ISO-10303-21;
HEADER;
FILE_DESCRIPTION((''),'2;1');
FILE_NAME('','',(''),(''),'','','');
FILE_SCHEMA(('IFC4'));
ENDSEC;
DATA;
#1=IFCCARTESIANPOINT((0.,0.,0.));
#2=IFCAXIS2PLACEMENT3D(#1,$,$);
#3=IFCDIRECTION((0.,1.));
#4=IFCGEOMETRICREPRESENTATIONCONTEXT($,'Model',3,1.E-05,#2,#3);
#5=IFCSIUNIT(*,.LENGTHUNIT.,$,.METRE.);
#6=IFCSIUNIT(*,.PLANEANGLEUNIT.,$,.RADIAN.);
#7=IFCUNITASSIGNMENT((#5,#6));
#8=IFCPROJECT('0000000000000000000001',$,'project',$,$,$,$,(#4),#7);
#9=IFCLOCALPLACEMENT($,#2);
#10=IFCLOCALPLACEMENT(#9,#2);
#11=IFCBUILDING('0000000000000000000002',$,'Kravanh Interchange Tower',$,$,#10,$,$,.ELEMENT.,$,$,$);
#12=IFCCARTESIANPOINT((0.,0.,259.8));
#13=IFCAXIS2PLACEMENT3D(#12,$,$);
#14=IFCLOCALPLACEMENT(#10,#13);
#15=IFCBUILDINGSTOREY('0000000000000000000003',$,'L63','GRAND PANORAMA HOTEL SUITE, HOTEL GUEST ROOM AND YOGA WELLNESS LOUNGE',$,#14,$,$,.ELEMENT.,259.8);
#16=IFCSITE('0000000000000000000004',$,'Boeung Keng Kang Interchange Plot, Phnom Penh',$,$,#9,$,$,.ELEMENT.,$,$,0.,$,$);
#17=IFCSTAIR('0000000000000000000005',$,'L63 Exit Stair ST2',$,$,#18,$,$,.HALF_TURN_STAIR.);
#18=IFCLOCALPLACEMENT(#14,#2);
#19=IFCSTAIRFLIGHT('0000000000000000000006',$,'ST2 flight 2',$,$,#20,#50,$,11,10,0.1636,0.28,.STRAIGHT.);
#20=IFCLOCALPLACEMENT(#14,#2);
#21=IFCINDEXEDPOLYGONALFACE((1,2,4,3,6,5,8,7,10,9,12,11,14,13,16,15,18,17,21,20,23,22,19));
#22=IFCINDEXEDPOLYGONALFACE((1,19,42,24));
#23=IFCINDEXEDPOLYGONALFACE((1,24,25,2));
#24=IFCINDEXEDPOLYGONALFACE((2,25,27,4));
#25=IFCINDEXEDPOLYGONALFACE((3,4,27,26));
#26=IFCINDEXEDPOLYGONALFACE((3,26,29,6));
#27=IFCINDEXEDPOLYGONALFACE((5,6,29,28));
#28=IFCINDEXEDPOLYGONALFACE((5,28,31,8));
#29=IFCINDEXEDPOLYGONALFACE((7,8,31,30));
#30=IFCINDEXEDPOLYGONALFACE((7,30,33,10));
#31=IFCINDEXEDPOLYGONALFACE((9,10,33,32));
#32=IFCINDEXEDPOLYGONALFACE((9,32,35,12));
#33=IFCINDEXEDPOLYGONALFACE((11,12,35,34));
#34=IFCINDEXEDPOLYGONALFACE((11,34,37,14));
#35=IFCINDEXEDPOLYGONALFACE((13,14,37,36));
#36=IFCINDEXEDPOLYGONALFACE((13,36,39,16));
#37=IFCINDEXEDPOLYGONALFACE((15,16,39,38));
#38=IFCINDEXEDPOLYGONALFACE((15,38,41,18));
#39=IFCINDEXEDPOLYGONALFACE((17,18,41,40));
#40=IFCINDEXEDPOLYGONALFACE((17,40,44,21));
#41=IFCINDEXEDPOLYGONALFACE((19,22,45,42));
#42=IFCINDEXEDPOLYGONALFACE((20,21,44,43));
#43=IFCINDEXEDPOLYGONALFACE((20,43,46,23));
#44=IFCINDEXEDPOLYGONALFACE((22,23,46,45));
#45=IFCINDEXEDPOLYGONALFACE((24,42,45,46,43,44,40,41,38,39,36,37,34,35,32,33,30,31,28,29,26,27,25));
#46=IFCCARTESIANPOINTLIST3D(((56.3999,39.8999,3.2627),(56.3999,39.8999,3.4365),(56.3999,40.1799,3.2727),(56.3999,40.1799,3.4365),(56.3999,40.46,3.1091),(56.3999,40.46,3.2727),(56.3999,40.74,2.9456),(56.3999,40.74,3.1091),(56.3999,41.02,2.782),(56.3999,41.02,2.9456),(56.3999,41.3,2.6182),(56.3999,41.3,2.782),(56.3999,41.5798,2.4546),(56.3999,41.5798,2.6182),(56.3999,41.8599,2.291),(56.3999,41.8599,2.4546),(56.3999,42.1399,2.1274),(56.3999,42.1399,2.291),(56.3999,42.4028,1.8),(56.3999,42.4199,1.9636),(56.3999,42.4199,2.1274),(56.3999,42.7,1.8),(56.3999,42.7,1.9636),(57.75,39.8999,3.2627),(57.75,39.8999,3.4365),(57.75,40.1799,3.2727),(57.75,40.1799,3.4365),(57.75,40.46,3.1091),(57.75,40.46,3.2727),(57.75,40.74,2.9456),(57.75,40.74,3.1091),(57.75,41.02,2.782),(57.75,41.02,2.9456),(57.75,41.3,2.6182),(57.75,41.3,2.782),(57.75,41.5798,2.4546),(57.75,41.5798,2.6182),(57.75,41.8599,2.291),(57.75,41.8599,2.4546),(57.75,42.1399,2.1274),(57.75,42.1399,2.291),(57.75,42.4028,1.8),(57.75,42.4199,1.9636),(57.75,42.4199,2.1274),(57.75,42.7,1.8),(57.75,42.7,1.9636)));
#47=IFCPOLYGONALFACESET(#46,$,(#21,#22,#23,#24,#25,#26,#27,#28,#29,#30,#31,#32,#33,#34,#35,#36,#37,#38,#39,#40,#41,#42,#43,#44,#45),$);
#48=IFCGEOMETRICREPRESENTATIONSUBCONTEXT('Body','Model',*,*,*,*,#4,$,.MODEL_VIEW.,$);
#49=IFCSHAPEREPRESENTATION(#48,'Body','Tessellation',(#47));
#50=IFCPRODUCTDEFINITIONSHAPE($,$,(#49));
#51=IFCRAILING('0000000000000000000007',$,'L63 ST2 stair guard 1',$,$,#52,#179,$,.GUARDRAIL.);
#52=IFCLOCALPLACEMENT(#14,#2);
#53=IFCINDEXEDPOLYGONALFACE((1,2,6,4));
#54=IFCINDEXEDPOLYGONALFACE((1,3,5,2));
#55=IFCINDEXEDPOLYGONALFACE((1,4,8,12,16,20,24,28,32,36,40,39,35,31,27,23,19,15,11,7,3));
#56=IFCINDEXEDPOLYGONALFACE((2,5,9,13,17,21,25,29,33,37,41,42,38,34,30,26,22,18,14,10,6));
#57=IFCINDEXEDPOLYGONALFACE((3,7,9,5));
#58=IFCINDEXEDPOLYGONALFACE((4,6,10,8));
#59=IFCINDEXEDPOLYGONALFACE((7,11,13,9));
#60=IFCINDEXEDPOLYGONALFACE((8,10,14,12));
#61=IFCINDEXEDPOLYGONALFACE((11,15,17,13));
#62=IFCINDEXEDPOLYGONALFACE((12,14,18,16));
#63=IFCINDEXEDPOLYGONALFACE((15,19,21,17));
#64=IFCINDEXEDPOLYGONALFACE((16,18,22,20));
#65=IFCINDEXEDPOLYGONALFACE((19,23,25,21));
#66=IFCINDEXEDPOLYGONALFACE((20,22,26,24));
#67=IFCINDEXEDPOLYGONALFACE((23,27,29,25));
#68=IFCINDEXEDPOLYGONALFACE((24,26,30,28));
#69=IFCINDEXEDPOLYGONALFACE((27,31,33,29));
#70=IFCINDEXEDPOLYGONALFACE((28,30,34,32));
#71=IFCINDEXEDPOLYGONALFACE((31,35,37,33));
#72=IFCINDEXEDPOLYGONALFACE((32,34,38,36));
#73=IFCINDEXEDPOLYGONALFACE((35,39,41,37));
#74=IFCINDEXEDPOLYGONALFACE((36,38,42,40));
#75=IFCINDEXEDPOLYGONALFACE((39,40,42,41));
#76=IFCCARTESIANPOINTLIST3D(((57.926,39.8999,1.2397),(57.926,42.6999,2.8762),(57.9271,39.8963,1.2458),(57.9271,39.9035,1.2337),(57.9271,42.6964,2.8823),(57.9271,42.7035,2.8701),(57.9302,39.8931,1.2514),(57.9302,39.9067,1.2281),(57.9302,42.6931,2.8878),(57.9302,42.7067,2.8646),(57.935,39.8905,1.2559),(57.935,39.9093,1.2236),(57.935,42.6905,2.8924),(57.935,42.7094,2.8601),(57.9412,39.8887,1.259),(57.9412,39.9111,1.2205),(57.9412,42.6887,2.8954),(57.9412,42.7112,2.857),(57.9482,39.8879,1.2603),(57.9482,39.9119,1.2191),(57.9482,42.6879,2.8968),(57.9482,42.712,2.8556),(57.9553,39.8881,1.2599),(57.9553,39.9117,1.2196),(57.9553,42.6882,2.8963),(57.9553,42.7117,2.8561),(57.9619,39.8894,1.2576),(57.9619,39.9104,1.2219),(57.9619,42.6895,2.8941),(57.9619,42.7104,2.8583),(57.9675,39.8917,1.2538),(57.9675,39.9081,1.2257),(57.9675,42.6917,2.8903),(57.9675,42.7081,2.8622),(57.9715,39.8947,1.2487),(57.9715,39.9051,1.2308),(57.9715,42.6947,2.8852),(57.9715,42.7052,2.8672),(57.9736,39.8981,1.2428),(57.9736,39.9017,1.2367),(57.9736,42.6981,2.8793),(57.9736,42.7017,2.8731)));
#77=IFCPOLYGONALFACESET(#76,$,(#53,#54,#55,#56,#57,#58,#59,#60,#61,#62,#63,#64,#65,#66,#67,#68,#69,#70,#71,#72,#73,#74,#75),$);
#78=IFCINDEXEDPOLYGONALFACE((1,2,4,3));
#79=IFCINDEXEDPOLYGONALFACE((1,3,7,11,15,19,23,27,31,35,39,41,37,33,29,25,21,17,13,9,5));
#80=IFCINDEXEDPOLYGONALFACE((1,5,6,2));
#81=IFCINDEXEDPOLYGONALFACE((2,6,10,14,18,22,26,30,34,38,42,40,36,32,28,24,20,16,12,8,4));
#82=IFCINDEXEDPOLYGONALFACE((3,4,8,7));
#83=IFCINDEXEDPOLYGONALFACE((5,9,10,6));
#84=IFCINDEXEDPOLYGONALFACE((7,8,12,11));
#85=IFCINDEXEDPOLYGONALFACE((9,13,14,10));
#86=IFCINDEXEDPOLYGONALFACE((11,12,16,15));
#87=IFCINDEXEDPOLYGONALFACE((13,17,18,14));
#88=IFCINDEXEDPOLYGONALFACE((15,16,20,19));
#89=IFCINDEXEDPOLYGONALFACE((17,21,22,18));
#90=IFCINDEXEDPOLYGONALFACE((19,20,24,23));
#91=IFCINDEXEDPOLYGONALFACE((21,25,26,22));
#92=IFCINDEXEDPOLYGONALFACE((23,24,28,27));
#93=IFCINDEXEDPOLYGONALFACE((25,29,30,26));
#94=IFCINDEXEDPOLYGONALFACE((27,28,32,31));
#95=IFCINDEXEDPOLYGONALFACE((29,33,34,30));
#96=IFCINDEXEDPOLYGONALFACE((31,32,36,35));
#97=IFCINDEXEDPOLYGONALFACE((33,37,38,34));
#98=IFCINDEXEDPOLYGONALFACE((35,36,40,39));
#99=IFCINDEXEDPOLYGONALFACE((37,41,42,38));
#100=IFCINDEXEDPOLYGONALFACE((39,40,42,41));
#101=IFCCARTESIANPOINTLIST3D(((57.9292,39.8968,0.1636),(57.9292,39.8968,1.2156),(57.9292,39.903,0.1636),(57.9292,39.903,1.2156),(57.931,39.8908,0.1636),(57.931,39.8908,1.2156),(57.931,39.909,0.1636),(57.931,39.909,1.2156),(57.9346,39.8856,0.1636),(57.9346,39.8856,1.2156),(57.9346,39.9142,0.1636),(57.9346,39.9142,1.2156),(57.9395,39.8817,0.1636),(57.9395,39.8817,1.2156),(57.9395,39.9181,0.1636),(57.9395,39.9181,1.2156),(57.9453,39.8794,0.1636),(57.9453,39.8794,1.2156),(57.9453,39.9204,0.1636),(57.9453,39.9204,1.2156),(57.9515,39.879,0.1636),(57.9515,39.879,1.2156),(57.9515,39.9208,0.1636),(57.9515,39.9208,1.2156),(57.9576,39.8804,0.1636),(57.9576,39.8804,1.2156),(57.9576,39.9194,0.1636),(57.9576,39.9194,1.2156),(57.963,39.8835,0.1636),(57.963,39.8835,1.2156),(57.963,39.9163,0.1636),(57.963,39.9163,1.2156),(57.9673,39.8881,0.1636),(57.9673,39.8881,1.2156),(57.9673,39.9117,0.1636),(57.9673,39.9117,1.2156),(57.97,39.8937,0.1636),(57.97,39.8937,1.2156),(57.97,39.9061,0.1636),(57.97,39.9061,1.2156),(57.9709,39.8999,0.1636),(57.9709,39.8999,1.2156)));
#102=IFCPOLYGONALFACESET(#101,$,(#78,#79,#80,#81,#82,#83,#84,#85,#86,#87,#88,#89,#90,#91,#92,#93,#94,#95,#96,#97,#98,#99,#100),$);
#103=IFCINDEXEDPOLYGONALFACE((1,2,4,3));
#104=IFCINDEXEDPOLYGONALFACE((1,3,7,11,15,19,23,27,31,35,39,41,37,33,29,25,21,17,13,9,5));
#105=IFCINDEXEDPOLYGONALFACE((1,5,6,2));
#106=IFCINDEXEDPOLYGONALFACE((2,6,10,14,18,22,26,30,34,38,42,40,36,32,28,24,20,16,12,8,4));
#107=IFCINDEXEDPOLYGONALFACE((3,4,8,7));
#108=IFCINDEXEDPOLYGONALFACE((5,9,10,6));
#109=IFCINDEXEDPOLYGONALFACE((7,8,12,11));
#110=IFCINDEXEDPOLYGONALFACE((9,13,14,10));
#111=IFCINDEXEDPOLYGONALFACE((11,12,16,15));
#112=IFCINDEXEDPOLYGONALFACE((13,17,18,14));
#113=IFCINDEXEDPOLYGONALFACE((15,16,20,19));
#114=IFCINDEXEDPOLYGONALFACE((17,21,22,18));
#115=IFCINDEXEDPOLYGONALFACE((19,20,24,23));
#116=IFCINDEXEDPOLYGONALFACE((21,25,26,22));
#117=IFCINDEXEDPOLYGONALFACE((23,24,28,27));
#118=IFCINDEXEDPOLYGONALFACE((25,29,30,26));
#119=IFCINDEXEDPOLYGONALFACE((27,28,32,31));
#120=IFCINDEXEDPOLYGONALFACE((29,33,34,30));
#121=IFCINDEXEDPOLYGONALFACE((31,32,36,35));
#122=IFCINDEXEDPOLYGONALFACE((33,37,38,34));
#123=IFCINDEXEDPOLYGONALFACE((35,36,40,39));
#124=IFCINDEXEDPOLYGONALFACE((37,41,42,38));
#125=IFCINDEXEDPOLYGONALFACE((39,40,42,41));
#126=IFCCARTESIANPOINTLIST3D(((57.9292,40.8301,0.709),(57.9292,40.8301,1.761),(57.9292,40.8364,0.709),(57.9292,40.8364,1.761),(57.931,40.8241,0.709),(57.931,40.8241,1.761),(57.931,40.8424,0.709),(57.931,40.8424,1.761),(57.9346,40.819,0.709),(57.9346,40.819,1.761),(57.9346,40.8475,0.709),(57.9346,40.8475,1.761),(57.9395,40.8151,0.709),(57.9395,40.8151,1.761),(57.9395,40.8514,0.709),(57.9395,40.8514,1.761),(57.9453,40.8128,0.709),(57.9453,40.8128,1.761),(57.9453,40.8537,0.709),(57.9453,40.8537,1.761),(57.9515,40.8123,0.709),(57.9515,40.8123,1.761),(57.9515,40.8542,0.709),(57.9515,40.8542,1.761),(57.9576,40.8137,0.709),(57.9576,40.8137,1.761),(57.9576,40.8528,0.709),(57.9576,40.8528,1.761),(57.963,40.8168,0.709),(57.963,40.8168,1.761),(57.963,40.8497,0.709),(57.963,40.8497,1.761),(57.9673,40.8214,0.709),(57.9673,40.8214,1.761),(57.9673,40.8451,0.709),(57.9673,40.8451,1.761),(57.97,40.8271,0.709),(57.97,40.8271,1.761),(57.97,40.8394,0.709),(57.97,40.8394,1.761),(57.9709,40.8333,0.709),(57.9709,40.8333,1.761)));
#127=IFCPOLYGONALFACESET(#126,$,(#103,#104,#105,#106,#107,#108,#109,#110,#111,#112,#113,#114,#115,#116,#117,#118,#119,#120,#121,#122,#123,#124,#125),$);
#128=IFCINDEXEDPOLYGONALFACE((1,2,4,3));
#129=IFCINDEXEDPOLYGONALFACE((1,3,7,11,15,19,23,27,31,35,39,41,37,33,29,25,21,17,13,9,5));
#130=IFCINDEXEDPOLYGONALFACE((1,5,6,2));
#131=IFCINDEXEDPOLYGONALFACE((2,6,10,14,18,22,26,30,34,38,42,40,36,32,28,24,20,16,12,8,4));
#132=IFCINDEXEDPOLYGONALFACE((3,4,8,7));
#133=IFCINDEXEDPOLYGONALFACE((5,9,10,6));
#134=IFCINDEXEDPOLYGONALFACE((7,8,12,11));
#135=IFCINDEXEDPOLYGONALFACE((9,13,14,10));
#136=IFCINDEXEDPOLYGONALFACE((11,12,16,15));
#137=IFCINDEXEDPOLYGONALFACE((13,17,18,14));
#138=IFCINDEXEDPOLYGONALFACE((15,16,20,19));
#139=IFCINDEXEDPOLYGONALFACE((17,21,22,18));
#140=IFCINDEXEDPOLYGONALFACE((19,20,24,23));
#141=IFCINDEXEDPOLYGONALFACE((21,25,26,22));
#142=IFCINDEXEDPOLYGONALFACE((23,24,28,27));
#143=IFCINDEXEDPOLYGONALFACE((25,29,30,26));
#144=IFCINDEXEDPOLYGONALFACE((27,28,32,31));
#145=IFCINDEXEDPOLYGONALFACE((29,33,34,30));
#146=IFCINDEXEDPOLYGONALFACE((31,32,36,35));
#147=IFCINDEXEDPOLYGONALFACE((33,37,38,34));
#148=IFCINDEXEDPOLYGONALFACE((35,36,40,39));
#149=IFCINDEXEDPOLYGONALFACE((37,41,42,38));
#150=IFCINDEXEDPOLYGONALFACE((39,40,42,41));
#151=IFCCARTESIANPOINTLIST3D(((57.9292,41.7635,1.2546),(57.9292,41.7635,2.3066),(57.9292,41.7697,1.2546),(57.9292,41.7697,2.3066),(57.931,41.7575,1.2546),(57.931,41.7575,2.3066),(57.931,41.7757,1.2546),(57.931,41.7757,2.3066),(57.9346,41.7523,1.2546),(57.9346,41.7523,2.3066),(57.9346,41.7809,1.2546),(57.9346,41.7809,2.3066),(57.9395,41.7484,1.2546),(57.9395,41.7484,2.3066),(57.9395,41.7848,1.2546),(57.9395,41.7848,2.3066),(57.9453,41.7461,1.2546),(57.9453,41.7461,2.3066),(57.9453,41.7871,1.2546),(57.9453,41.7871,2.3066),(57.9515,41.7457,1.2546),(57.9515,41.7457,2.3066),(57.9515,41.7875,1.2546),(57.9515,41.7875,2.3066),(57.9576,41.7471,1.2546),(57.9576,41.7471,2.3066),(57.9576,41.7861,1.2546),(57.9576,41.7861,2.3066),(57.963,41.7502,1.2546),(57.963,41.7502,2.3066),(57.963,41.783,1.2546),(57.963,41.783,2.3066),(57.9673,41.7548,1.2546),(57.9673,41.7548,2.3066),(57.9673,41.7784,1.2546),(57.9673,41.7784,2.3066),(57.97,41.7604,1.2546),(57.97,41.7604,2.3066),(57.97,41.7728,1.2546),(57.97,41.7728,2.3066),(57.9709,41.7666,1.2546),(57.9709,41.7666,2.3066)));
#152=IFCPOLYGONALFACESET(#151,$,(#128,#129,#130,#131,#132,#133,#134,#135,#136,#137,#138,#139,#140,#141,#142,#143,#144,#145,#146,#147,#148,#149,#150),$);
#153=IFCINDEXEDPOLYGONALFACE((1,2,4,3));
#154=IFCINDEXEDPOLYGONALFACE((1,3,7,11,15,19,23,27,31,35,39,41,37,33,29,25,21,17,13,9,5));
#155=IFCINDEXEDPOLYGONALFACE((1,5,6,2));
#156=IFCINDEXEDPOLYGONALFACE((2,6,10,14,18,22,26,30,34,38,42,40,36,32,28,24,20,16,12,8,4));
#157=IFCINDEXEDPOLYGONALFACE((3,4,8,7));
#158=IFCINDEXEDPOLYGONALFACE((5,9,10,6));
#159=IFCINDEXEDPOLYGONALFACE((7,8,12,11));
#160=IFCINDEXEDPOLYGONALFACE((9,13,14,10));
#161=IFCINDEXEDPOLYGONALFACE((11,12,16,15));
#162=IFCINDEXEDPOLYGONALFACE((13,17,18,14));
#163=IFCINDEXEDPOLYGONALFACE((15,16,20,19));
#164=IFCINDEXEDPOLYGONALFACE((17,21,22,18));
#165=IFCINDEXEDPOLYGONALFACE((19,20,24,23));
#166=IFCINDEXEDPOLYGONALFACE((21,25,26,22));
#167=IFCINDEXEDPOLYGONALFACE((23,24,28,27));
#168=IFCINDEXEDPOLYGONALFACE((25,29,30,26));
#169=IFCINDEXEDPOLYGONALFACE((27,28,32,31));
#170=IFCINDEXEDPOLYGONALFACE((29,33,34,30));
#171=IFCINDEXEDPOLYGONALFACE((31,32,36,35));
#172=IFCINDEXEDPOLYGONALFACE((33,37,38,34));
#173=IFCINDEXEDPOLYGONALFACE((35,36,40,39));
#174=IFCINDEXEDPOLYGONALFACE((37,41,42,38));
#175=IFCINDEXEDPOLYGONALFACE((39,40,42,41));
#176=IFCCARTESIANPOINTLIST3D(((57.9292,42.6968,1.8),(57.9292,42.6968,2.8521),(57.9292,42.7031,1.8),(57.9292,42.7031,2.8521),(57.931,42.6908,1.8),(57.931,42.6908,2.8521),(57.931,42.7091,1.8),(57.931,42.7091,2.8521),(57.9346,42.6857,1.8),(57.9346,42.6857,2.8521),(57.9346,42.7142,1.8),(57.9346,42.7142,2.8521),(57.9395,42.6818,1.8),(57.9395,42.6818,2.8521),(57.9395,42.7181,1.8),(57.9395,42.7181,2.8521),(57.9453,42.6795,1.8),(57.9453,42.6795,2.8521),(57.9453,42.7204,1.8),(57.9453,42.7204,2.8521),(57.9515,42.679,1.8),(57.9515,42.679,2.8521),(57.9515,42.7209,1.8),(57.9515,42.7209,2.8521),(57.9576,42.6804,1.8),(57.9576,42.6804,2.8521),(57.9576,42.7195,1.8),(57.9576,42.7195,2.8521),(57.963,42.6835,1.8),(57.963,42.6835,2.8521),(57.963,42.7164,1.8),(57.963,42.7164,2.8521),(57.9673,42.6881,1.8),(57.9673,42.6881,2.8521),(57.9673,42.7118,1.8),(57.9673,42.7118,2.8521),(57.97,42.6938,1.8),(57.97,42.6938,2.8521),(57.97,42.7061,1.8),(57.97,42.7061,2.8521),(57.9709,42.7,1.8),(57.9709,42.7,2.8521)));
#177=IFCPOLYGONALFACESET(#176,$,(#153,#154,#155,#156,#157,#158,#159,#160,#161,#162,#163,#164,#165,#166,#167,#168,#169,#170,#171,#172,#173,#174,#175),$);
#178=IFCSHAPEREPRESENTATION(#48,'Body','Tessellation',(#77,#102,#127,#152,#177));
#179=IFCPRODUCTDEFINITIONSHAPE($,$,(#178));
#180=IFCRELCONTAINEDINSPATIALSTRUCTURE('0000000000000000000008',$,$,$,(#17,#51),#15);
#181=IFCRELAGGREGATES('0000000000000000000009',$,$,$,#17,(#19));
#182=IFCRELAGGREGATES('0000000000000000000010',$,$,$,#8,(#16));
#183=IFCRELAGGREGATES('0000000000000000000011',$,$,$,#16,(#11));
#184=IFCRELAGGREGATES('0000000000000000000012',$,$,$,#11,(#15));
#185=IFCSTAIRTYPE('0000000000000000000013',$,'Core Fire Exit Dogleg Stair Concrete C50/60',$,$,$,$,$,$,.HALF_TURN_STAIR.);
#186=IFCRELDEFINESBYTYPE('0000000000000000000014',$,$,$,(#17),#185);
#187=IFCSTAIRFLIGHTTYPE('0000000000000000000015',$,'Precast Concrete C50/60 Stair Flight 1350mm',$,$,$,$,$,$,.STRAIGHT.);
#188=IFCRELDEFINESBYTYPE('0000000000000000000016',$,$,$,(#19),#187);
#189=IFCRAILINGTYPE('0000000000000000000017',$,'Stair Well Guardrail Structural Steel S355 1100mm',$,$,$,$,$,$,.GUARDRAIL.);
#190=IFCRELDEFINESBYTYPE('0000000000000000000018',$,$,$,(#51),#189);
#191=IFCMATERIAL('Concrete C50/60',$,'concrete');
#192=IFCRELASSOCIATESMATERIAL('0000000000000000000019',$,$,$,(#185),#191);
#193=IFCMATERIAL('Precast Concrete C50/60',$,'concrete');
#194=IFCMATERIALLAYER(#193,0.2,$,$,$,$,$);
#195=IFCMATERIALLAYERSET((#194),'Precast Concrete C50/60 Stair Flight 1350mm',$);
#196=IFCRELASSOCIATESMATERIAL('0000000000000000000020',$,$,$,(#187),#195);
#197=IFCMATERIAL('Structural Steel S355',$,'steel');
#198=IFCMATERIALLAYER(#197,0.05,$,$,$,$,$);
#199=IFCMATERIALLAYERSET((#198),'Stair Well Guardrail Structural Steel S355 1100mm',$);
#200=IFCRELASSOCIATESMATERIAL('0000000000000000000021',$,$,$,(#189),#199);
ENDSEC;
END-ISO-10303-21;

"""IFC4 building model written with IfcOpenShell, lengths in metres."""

from ifc_helpers import new_model, si_unit, direction, frame, origin, origin_2d, place, context, subcontext, project, spatial, polyline, circle, outline, extrude, material, layer, layer_set, type_object, element, aggregate, save


model = new_model("IFC4")

# Units and contexts
model_context = context("Model", 3, precision=1e-05, world=origin(), true_north=direction((0.0, 1.0)))
body_context = subcontext(model_context, "Body", "Model", "MODEL_VIEW")
ifc_project = project(units=[si_unit("LENGTHUNIT", "METRE"), si_unit("PLANEANGLEUNIT", "RADIAN")], contexts=[model_context])

# Site, building, storey
site_placement = place(None, origin())
site = spatial("IfcSite", under=ifc_project, at=site_placement, Name="Boeung Keng Kang Interchange Plot, Phnom Penh", CompositionType="ELEMENT", RefElevation=0.0)
building_placement = place(site_placement, origin())
building = spatial("IfcBuilding", under=site, at=building_placement, Name="Kravanh Interchange Tower", CompositionType="ELEMENT")
storey_placement = place(building_placement, frame((0.0, 0.0, 259.8)))
storey = spatial("IfcBuildingStorey", under=building, at=storey_placement, Name="L63", Description="GRAND PANORAMA HOTEL SUITE, HOTEL GUEST ROOM AND YOGA WELLNESS LOUNGE", CompositionType="ELEMENT", Elevation=259.8)

# Stair, stair flight
ifc_material_1 = material(Name="Concrete C50/60", Category="concrete")
stair_type = type_object("IfcStairType", Name="Core Fire Exit Dogleg Stair Concrete C50/60", PredefinedType="HALF_TURN_STAIR", material=ifc_material_1)
stair_placement = place(storey_placement, origin())
stair = element("IfcStair", 1, at=stair_placement, inside=storey, type_object=stair_type, Name="L63 Exit Stair ST2", PredefinedType="HALF_TURN_STAIR")
ifc_material_2 = material(Name="Precast Concrete C50/60", Category="concrete")
ifc_layer_1 = layer(ifc_material_2, 0.2)
ifc_layer_set_1 = layer_set([ifc_layer_1], Name="Precast Concrete C50/60 Stair Flight 1350mm")
stair_flight_type = type_object("IfcStairFlightType", Name="Precast Concrete C50/60 Stair Flight 1350mm", PredefinedType="STRAIGHT", material=ifc_layer_set_1)
stair_flight_placement = place(storey_placement, frame((57.075, 42.7, 1.8), z_axis=(0.0, 0.0, 1.0), x_axis=(0.0, -1.0, 0.0)))
stair_flight = element("IfcStairFlight", 2, at=stair_flight_placement, type_object=stair_flight_type, Name="ST2 flight 2", NumberOfRisers=11, NumberOfTreads=10, PredefinedType="STRAIGHT", RiserHeight=0.1636, TreadLength=0.28, context=body_context, shape_type="SweptSolid", body=[
    extrude(outline(polyline([(0.0, 0.0), (0.0, 0.1636), (0.28, 0.1636), (0.28, 0.3274), (0.5601, 0.3274), (0.5601, 0.491), (0.8401, 0.491), (0.8401, 0.6545), (1.1201, 0.6545), (1.1201, 0.8181), (1.3999, 0.8181), (1.3999, 0.9819), (1.6799, 0.9819), (1.6799, 1.1455), (1.96, 1.1455), (1.96, 1.3091), (2.24, 1.3091), (2.24, 1.4727), (2.52, 1.4727), (2.52, 1.6365), (2.8, 1.6365), (2.8, 1.8), (2.8, 1.4626), (0.2971, 0.0), (0.0, 0.0)])), frame((0.0, 0.675, 0.0), z_axis=(0.0, -1.0, 0.0), x_axis=(1.0, 0.0, 0.0)), (0.0, 0.0, 1.0), 1.3501),
])
aggregate(stair, [stair_flight])

# Railing
ifc_material_3 = material(Name="Structural Steel S355", Category="steel")
ifc_layer_2 = layer(ifc_material_3, 0.05)
ifc_layer_set_2 = layer_set([ifc_layer_2], Name="Stair Well Guardrail Structural Steel S355 1100mm")
railing_type_1 = type_object("IfcRailingType", Name="Stair Well Guardrail Structural Steel S355 1100mm", PredefinedType="GUARDRAIL", material=ifc_layer_set_2)
railing_1_placement = place(storey_placement, frame((57.95, 39.8999, 0.1636)))
element("IfcRailing", 3, at=railing_1_placement, inside=storey, type_object=railing_type_1, Name="L63 ST2 stair guard 1", PredefinedType="GUARDRAIL", context=body_context, shape_type="SweptSolid", body=[
    extrude(circle(Radius=0.0239, at=origin_2d()), frame((0.0, 0.0, 1.0762), z_axis=(0.0, 0.863361, 0.504587), x_axis=(-1.0, 0.0, 0.0)), (0.0, 0.0, 1.0), 3.2432),
    extrude(circle(Radius=0.021, at=origin_2d()), origin(), (0.0, 0.0, 1.0), 1.052),
    extrude(circle(Radius=0.021, at=origin_2d()), frame((0.0, 0.9333, 0.5454)), (0.0, 0.0, 1.0), 1.052),
    extrude(circle(Radius=0.021, at=origin_2d()), frame((0.0, 1.8667, 1.0911)), (0.0, 0.0, 1.0), 1.052),
    extrude(circle(Radius=0.021, at=origin_2d()), frame((0.0, 2.8, 1.6365)), (0.0, 0.0, 1.0), 1.052),
])

save(model, "model.ifc")
